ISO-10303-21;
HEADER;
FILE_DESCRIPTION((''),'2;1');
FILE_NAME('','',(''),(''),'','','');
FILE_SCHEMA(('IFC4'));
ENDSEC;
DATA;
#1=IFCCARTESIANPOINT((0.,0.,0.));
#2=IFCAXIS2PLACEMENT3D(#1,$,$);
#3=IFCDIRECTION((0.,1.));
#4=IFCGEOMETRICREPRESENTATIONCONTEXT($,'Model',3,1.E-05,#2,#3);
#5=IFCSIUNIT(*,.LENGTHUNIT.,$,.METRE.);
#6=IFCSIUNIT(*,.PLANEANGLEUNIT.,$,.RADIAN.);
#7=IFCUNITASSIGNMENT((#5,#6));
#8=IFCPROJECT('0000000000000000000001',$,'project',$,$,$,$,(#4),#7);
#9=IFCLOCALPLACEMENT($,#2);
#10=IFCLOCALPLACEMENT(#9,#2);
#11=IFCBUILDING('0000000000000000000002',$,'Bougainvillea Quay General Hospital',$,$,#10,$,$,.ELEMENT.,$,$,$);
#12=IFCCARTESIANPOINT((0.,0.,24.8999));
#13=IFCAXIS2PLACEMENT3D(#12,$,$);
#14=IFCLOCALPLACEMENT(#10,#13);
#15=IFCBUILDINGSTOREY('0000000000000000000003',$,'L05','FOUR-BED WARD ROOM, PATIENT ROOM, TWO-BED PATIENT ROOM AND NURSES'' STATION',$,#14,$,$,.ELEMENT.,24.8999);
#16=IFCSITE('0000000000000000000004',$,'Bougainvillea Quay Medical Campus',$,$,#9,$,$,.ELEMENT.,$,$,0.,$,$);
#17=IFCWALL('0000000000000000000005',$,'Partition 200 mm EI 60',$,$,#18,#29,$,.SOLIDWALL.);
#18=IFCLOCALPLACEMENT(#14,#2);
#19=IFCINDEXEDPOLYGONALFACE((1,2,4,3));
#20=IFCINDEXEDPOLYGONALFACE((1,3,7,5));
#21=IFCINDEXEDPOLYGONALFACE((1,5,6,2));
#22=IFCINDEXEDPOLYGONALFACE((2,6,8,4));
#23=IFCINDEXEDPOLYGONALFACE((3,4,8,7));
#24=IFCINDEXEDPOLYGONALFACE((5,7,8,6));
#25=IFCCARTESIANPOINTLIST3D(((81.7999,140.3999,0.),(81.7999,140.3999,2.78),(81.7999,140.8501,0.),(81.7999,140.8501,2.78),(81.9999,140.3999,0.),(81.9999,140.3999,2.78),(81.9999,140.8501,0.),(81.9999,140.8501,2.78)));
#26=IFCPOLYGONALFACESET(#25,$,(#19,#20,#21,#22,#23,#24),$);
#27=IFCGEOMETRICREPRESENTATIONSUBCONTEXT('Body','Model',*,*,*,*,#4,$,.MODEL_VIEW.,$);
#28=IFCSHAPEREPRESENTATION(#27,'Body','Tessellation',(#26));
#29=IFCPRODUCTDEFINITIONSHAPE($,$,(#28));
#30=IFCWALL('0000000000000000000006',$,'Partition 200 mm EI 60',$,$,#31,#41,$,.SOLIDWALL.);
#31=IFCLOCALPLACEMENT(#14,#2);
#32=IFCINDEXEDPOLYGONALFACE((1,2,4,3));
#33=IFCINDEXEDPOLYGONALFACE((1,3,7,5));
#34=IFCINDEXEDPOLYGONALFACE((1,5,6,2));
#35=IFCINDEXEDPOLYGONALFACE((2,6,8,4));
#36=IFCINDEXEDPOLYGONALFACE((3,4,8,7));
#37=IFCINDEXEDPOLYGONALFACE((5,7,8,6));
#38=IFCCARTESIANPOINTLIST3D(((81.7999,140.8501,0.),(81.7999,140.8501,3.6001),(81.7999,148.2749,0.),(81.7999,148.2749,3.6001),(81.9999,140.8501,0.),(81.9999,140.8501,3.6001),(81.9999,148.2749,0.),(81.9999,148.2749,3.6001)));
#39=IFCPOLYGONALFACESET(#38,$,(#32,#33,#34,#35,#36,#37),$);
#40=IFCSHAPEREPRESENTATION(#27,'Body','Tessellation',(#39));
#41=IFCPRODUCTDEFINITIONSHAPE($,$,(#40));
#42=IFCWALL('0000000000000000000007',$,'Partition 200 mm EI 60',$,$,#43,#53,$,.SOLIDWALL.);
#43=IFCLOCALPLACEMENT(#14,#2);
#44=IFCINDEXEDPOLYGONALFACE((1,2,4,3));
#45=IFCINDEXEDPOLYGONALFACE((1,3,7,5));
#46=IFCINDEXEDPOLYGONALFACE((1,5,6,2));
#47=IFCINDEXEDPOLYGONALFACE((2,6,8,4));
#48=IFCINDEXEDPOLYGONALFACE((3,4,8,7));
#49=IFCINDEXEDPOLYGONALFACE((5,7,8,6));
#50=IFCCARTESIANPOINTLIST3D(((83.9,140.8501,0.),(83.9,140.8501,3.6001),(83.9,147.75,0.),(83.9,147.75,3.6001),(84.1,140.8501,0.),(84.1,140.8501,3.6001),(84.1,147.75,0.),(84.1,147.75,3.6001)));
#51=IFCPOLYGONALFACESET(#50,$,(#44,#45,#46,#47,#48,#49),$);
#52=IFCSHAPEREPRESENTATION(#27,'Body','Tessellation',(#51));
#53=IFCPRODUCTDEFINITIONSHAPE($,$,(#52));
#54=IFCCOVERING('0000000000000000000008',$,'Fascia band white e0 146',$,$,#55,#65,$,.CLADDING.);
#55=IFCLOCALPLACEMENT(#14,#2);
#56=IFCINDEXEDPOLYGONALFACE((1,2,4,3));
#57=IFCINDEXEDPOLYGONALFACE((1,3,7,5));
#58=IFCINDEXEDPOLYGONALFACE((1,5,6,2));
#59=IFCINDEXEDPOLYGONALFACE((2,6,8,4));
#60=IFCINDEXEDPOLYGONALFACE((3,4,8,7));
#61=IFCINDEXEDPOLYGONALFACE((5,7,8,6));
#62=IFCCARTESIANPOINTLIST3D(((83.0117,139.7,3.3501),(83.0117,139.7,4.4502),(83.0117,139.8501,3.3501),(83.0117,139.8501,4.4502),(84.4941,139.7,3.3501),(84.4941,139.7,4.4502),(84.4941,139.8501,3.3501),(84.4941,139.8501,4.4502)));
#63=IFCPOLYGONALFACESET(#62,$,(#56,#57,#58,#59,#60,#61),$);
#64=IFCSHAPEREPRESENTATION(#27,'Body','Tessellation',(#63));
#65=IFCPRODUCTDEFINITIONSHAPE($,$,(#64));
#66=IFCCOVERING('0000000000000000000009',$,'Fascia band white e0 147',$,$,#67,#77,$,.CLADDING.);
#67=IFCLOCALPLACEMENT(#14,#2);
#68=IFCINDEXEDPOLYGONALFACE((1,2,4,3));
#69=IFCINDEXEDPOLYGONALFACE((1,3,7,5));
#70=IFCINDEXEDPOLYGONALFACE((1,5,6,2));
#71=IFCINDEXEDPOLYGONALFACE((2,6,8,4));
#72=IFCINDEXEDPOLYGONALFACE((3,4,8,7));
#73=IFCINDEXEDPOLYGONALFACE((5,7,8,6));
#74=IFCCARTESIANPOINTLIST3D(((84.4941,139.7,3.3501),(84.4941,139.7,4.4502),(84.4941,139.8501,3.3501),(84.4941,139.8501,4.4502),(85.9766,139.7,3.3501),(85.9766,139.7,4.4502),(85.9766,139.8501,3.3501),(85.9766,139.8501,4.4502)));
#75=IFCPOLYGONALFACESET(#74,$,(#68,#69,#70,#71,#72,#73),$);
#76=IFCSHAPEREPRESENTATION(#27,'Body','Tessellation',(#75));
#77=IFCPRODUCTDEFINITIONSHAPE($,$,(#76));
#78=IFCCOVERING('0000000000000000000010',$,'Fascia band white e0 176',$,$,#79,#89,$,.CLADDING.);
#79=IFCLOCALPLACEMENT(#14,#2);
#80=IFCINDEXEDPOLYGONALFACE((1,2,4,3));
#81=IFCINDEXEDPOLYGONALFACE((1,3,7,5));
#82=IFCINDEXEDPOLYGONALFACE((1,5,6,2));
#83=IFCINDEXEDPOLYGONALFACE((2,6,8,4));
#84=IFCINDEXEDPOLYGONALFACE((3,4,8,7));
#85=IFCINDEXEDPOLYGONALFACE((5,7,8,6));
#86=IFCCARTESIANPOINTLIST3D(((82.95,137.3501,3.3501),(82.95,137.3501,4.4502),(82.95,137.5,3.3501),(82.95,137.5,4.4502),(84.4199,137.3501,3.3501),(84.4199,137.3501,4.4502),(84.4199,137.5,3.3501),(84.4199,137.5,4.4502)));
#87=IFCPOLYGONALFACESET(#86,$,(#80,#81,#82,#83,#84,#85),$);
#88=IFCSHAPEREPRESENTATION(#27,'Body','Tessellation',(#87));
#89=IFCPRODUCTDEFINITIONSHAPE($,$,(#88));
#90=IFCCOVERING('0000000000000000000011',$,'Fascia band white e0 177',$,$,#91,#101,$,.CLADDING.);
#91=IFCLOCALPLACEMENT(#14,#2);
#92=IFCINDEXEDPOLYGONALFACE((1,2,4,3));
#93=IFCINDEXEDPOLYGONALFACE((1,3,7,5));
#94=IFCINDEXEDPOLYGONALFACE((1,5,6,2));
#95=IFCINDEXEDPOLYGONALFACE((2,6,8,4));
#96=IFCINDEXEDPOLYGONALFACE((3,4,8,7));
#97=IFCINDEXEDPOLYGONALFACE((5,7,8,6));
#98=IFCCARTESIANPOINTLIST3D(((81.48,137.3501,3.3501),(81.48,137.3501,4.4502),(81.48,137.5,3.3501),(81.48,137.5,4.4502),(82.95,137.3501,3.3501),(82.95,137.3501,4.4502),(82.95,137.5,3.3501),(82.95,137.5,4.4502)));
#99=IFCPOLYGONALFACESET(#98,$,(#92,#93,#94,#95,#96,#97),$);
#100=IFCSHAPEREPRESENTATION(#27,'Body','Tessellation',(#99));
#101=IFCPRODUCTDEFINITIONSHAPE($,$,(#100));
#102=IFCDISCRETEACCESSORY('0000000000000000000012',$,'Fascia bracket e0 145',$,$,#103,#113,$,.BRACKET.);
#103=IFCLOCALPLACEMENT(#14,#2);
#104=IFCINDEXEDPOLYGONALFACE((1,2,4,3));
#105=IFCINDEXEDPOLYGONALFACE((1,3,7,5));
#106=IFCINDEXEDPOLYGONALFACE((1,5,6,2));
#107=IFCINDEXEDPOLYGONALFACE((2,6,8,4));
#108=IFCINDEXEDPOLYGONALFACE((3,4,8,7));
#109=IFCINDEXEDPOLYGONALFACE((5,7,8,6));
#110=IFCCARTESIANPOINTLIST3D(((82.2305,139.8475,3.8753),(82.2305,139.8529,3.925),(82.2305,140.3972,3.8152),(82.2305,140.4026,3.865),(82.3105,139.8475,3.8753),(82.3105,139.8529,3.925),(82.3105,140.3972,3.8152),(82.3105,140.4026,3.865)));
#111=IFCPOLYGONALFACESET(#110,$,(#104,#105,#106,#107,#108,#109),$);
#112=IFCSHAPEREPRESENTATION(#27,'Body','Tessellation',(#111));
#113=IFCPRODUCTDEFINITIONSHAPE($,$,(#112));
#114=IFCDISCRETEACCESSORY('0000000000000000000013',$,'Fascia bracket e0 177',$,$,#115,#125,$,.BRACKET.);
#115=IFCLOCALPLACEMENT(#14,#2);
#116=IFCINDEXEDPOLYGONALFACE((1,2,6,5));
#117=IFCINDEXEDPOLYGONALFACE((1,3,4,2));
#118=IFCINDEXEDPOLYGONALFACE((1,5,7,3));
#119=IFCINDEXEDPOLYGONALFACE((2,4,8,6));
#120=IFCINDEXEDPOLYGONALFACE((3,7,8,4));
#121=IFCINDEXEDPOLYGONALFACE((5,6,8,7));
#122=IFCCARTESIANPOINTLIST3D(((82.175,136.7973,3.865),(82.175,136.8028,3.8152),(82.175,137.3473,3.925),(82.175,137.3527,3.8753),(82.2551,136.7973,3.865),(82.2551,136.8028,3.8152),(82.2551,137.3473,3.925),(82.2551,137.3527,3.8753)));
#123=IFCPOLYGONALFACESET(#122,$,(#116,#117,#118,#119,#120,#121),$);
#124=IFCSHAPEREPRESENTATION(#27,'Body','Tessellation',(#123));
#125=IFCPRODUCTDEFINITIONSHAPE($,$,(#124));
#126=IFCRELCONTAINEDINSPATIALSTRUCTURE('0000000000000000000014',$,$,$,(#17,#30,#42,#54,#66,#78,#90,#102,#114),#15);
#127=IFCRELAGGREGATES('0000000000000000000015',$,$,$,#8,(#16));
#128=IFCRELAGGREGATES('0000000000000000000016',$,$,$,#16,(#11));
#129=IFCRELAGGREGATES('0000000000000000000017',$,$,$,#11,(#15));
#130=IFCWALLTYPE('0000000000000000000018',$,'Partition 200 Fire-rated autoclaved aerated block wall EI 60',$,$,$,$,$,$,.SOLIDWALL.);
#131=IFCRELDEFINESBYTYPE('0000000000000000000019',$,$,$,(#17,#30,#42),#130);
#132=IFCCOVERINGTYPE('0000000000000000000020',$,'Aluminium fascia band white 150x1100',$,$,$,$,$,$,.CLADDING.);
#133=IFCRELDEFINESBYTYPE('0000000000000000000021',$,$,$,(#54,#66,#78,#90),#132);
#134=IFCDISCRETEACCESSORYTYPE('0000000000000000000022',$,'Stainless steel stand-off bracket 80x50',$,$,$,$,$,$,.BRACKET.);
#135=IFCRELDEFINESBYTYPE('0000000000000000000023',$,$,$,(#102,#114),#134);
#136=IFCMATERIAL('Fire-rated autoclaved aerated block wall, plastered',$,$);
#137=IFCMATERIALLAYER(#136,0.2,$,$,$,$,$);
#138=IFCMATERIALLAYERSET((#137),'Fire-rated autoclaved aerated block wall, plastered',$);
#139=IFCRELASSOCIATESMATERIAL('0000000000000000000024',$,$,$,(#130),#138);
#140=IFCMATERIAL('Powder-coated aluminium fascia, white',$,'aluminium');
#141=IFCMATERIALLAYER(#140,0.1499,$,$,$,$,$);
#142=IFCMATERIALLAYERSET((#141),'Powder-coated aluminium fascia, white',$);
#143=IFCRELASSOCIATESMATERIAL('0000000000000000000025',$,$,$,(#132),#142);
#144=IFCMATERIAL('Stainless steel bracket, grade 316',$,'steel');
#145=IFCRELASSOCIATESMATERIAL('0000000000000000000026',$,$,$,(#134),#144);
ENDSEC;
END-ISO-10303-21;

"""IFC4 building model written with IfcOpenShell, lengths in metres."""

from ifc_helpers import new_model, si_unit, direction, frame, frame_2d, origin, origin_2d, place, context, subcontext, project, spatial, polyline, rectangle, outline, extrude, material, layer, layer_set, material_profile, profile_set, type_object, element, save


model = new_model("IFC4")

# Units and contexts
model_context = context("Model", 3, precision=1e-05, world=origin(), true_north=direction((0.0, 1.0)))
body_context = subcontext(model_context, "Body", "Model", "MODEL_VIEW")
ifc_project = project(units=[si_unit("LENGTHUNIT", "METRE"), si_unit("PLANEANGLEUNIT", "RADIAN")], contexts=[model_context])

# Site, building, storey
site_placement = place(None, origin())
site = spatial("IfcSite", under=ifc_project, at=site_placement, Name="Bougainvillea Quay Medical Campus", CompositionType="ELEMENT", RefElevation=0.0)
building_placement = place(site_placement, origin())
building = spatial("IfcBuilding", under=site, at=building_placement, Name="Bougainvillea Quay General Hospital", CompositionType="ELEMENT")
storey_placement = place(building_placement, frame((0.0, 0.0, 24.8999)))
storey = spatial("IfcBuildingStorey", under=building, at=storey_placement, Name="L05", Description="FOUR-BED WARD ROOM, PATIENT ROOM, TWO-BED PATIENT ROOM AND NURSES' STATION", CompositionType="ELEMENT", Elevation=24.8999)

# Walls
ifc_material_1 = material(Name="Fire-rated autoclaved aerated block wall, plastered")
ifc_layer_1 = layer(ifc_material_1, 0.2)
ifc_layer_set_1 = layer_set([ifc_layer_1], Name="Fire-rated autoclaved aerated block wall, plastered")
wall_type = type_object("IfcWallType", Name="Partition 200 Fire-rated autoclaved aerated block wall EI 60", PredefinedType="SOLIDWALL", material=ifc_layer_set_1)
wall_1_placement = place(storey_placement, frame((81.8999, 140.3999, 0.0), z_axis=(0.0, 0.0, 1.0), x_axis=(0.0, 1.0, 0.0)))
element("IfcWall", 1, at=wall_1_placement, inside=storey, type_object=wall_type, Name="Partition 200 mm EI 60", PredefinedType="SOLIDWALL", context=body_context, shape_type="SweptSolid", body=[
    extrude(rectangle(XDim=0.4502, YDim=0.2, at=frame_2d((0.2251, 0.0))), origin(), (0.0, 0.0, 1.0), 2.78),
])
wall_2_placement = place(storey_placement, frame((81.8999, 140.8501, 0.0), z_axis=(0.0, 0.0, 1.0), x_axis=(0.0, 1.0, 0.0)))
element("IfcWall", 2, at=wall_2_placement, inside=storey, type_object=wall_type, Name="Partition 200 mm EI 60", PredefinedType="SOLIDWALL", context=body_context, shape_type="SweptSolid", body=[
    extrude(rectangle(XDim=7.4248, YDim=0.2, at=frame_2d((3.7124, 0.0))), origin(), (0.0, 0.0, 1.0), 3.6001),
])
wall_3_placement = place(storey_placement, frame((84.0, 140.8501, 0.0), z_axis=(0.0, 0.0, 1.0), x_axis=(0.0, 1.0, 0.0)))
element("IfcWall", 3, at=wall_3_placement, inside=storey, type_object=wall_type, Name="Partition 200 mm EI 60", PredefinedType="SOLIDWALL", context=body_context, shape_type="SweptSolid", body=[
    extrude(rectangle(XDim=6.8999, YDim=0.2, at=frame_2d((3.45, 0.0))), origin(), (0.0, 0.0, 1.0), 3.6001),
])

# Coverings
ifc_material_2 = material(Name="Powder-coated aluminium fascia, white", Category="aluminium")
ifc_layer_2 = layer(ifc_material_2, 0.1499)
ifc_layer_set_2 = layer_set([ifc_layer_2], Name="Powder-coated aluminium fascia, white")
covering_type = type_object("IfcCoveringType", Name="Aluminium fascia band white 150x1100", PredefinedType="CLADDING", material=ifc_layer_set_2)
for number, where, z_axis, x_axis, name in (
    (4, (83.0117, 139.8501, 3.3501), (0.0, 0.0, 1.0), (1.0, 0.0, 0.0), "Fascia band white e0 146"),
    (5, (84.4941, 139.8501, 3.3501), (0.0, 0.0, 1.0), (1.0, 0.0, 0.0), "Fascia band white e0 147"),
):
    element("IfcCovering", number, at=place(storey_placement, frame(where, z_axis=z_axis, x_axis=x_axis)), inside=storey, type_object=covering_type, Name=name, PredefinedType="CLADDING", context=body_context, shape_type="SweptSolid", body=[
        extrude(outline(polyline([(0.0, 0.0), (1.4824, 0.0), (1.4824, -0.1501), (0.0, -0.1501), (0.0, 0.0)])), origin(), (0.0, 0.0, 1.0), 1.1001),
    ])
for number, where, z_axis, x_axis, name in (
    (6, (84.4199, 137.3501, 3.3501), (0.0, 0.0, 1.0), (-1.0, 0.0, 0.0), "Fascia band white e0 176"),
    (7, (82.95, 137.3501, 3.3501), (0.0, 0.0, 1.0), (-1.0, 0.0, 0.0), "Fascia band white e0 177"),
):
    element("IfcCovering", number, at=place(storey_placement, frame(where, z_axis=z_axis, x_axis=x_axis)), inside=storey, type_object=covering_type, Name=name, PredefinedType="CLADDING", context=body_context, shape_type="SweptSolid", body=[
        extrude(outline(polyline([(0.0, 0.0), (1.47, 0.0), (1.47, -0.1499), (0.0, -0.1499), (0.0, 0.0)])), origin(), (0.0, 0.0, 1.0), 1.1001),
    ])

# Discrete accessories
ifc_material_3 = material(Name="Stainless steel bracket, grade 316", Category="steel")
ifc_material_profile_1 = material_profile(ifc_material_3, rectangle(XDim=0.0801, YDim=0.05, at=origin_2d()))
ifc_profile_set_1 = profile_set([ifc_material_profile_1], Name="Stainless steel bracket, grade 316")
discrete_accessory_type = type_object("IfcDiscreteAccessoryType", Name="Stainless steel stand-off bracket 80x50", PredefinedType="BRACKET", material=ifc_profile_set_1)
discrete_accessory_1_placement = place(storey_placement, frame((82.2705, 140.3999, 3.8401), z_axis=(0.0, -0.994087, 0.10859), x_axis=(1.0, 0.0, 0.0)))
element("IfcDiscreteAccessory", 8, at=discrete_accessory_1_placement, inside=storey, type_object=discrete_accessory_type, Name="Fascia bracket e0 145", PredefinedType="BRACKET", context=body_context, shape_type="SweptSolid", body=[
    extrude(rectangle(XDim=0.0801, YDim=0.05, at=origin_2d()), origin(), (0.0, 0.0, 1.0), 0.553),
])
discrete_accessory_2_placement = place(storey_placement, frame((82.2151, 136.8, 3.8401), z_axis=(0.0, 0.994092, 0.108543), x_axis=(-1.0, 0.0, 0.0)))
element("IfcDiscreteAccessory", 9, at=discrete_accessory_2_placement, inside=storey, type_object=discrete_accessory_type, Name="Fascia bracket e0 177", PredefinedType="BRACKET", context=body_context, shape_type="SweptSolid", body=[
    extrude(rectangle(XDim=0.0801, YDim=0.05, at=origin_2d()), origin(), (0.0, 0.0, 1.0), 0.5532),
])

save(model, "model.ifc")
